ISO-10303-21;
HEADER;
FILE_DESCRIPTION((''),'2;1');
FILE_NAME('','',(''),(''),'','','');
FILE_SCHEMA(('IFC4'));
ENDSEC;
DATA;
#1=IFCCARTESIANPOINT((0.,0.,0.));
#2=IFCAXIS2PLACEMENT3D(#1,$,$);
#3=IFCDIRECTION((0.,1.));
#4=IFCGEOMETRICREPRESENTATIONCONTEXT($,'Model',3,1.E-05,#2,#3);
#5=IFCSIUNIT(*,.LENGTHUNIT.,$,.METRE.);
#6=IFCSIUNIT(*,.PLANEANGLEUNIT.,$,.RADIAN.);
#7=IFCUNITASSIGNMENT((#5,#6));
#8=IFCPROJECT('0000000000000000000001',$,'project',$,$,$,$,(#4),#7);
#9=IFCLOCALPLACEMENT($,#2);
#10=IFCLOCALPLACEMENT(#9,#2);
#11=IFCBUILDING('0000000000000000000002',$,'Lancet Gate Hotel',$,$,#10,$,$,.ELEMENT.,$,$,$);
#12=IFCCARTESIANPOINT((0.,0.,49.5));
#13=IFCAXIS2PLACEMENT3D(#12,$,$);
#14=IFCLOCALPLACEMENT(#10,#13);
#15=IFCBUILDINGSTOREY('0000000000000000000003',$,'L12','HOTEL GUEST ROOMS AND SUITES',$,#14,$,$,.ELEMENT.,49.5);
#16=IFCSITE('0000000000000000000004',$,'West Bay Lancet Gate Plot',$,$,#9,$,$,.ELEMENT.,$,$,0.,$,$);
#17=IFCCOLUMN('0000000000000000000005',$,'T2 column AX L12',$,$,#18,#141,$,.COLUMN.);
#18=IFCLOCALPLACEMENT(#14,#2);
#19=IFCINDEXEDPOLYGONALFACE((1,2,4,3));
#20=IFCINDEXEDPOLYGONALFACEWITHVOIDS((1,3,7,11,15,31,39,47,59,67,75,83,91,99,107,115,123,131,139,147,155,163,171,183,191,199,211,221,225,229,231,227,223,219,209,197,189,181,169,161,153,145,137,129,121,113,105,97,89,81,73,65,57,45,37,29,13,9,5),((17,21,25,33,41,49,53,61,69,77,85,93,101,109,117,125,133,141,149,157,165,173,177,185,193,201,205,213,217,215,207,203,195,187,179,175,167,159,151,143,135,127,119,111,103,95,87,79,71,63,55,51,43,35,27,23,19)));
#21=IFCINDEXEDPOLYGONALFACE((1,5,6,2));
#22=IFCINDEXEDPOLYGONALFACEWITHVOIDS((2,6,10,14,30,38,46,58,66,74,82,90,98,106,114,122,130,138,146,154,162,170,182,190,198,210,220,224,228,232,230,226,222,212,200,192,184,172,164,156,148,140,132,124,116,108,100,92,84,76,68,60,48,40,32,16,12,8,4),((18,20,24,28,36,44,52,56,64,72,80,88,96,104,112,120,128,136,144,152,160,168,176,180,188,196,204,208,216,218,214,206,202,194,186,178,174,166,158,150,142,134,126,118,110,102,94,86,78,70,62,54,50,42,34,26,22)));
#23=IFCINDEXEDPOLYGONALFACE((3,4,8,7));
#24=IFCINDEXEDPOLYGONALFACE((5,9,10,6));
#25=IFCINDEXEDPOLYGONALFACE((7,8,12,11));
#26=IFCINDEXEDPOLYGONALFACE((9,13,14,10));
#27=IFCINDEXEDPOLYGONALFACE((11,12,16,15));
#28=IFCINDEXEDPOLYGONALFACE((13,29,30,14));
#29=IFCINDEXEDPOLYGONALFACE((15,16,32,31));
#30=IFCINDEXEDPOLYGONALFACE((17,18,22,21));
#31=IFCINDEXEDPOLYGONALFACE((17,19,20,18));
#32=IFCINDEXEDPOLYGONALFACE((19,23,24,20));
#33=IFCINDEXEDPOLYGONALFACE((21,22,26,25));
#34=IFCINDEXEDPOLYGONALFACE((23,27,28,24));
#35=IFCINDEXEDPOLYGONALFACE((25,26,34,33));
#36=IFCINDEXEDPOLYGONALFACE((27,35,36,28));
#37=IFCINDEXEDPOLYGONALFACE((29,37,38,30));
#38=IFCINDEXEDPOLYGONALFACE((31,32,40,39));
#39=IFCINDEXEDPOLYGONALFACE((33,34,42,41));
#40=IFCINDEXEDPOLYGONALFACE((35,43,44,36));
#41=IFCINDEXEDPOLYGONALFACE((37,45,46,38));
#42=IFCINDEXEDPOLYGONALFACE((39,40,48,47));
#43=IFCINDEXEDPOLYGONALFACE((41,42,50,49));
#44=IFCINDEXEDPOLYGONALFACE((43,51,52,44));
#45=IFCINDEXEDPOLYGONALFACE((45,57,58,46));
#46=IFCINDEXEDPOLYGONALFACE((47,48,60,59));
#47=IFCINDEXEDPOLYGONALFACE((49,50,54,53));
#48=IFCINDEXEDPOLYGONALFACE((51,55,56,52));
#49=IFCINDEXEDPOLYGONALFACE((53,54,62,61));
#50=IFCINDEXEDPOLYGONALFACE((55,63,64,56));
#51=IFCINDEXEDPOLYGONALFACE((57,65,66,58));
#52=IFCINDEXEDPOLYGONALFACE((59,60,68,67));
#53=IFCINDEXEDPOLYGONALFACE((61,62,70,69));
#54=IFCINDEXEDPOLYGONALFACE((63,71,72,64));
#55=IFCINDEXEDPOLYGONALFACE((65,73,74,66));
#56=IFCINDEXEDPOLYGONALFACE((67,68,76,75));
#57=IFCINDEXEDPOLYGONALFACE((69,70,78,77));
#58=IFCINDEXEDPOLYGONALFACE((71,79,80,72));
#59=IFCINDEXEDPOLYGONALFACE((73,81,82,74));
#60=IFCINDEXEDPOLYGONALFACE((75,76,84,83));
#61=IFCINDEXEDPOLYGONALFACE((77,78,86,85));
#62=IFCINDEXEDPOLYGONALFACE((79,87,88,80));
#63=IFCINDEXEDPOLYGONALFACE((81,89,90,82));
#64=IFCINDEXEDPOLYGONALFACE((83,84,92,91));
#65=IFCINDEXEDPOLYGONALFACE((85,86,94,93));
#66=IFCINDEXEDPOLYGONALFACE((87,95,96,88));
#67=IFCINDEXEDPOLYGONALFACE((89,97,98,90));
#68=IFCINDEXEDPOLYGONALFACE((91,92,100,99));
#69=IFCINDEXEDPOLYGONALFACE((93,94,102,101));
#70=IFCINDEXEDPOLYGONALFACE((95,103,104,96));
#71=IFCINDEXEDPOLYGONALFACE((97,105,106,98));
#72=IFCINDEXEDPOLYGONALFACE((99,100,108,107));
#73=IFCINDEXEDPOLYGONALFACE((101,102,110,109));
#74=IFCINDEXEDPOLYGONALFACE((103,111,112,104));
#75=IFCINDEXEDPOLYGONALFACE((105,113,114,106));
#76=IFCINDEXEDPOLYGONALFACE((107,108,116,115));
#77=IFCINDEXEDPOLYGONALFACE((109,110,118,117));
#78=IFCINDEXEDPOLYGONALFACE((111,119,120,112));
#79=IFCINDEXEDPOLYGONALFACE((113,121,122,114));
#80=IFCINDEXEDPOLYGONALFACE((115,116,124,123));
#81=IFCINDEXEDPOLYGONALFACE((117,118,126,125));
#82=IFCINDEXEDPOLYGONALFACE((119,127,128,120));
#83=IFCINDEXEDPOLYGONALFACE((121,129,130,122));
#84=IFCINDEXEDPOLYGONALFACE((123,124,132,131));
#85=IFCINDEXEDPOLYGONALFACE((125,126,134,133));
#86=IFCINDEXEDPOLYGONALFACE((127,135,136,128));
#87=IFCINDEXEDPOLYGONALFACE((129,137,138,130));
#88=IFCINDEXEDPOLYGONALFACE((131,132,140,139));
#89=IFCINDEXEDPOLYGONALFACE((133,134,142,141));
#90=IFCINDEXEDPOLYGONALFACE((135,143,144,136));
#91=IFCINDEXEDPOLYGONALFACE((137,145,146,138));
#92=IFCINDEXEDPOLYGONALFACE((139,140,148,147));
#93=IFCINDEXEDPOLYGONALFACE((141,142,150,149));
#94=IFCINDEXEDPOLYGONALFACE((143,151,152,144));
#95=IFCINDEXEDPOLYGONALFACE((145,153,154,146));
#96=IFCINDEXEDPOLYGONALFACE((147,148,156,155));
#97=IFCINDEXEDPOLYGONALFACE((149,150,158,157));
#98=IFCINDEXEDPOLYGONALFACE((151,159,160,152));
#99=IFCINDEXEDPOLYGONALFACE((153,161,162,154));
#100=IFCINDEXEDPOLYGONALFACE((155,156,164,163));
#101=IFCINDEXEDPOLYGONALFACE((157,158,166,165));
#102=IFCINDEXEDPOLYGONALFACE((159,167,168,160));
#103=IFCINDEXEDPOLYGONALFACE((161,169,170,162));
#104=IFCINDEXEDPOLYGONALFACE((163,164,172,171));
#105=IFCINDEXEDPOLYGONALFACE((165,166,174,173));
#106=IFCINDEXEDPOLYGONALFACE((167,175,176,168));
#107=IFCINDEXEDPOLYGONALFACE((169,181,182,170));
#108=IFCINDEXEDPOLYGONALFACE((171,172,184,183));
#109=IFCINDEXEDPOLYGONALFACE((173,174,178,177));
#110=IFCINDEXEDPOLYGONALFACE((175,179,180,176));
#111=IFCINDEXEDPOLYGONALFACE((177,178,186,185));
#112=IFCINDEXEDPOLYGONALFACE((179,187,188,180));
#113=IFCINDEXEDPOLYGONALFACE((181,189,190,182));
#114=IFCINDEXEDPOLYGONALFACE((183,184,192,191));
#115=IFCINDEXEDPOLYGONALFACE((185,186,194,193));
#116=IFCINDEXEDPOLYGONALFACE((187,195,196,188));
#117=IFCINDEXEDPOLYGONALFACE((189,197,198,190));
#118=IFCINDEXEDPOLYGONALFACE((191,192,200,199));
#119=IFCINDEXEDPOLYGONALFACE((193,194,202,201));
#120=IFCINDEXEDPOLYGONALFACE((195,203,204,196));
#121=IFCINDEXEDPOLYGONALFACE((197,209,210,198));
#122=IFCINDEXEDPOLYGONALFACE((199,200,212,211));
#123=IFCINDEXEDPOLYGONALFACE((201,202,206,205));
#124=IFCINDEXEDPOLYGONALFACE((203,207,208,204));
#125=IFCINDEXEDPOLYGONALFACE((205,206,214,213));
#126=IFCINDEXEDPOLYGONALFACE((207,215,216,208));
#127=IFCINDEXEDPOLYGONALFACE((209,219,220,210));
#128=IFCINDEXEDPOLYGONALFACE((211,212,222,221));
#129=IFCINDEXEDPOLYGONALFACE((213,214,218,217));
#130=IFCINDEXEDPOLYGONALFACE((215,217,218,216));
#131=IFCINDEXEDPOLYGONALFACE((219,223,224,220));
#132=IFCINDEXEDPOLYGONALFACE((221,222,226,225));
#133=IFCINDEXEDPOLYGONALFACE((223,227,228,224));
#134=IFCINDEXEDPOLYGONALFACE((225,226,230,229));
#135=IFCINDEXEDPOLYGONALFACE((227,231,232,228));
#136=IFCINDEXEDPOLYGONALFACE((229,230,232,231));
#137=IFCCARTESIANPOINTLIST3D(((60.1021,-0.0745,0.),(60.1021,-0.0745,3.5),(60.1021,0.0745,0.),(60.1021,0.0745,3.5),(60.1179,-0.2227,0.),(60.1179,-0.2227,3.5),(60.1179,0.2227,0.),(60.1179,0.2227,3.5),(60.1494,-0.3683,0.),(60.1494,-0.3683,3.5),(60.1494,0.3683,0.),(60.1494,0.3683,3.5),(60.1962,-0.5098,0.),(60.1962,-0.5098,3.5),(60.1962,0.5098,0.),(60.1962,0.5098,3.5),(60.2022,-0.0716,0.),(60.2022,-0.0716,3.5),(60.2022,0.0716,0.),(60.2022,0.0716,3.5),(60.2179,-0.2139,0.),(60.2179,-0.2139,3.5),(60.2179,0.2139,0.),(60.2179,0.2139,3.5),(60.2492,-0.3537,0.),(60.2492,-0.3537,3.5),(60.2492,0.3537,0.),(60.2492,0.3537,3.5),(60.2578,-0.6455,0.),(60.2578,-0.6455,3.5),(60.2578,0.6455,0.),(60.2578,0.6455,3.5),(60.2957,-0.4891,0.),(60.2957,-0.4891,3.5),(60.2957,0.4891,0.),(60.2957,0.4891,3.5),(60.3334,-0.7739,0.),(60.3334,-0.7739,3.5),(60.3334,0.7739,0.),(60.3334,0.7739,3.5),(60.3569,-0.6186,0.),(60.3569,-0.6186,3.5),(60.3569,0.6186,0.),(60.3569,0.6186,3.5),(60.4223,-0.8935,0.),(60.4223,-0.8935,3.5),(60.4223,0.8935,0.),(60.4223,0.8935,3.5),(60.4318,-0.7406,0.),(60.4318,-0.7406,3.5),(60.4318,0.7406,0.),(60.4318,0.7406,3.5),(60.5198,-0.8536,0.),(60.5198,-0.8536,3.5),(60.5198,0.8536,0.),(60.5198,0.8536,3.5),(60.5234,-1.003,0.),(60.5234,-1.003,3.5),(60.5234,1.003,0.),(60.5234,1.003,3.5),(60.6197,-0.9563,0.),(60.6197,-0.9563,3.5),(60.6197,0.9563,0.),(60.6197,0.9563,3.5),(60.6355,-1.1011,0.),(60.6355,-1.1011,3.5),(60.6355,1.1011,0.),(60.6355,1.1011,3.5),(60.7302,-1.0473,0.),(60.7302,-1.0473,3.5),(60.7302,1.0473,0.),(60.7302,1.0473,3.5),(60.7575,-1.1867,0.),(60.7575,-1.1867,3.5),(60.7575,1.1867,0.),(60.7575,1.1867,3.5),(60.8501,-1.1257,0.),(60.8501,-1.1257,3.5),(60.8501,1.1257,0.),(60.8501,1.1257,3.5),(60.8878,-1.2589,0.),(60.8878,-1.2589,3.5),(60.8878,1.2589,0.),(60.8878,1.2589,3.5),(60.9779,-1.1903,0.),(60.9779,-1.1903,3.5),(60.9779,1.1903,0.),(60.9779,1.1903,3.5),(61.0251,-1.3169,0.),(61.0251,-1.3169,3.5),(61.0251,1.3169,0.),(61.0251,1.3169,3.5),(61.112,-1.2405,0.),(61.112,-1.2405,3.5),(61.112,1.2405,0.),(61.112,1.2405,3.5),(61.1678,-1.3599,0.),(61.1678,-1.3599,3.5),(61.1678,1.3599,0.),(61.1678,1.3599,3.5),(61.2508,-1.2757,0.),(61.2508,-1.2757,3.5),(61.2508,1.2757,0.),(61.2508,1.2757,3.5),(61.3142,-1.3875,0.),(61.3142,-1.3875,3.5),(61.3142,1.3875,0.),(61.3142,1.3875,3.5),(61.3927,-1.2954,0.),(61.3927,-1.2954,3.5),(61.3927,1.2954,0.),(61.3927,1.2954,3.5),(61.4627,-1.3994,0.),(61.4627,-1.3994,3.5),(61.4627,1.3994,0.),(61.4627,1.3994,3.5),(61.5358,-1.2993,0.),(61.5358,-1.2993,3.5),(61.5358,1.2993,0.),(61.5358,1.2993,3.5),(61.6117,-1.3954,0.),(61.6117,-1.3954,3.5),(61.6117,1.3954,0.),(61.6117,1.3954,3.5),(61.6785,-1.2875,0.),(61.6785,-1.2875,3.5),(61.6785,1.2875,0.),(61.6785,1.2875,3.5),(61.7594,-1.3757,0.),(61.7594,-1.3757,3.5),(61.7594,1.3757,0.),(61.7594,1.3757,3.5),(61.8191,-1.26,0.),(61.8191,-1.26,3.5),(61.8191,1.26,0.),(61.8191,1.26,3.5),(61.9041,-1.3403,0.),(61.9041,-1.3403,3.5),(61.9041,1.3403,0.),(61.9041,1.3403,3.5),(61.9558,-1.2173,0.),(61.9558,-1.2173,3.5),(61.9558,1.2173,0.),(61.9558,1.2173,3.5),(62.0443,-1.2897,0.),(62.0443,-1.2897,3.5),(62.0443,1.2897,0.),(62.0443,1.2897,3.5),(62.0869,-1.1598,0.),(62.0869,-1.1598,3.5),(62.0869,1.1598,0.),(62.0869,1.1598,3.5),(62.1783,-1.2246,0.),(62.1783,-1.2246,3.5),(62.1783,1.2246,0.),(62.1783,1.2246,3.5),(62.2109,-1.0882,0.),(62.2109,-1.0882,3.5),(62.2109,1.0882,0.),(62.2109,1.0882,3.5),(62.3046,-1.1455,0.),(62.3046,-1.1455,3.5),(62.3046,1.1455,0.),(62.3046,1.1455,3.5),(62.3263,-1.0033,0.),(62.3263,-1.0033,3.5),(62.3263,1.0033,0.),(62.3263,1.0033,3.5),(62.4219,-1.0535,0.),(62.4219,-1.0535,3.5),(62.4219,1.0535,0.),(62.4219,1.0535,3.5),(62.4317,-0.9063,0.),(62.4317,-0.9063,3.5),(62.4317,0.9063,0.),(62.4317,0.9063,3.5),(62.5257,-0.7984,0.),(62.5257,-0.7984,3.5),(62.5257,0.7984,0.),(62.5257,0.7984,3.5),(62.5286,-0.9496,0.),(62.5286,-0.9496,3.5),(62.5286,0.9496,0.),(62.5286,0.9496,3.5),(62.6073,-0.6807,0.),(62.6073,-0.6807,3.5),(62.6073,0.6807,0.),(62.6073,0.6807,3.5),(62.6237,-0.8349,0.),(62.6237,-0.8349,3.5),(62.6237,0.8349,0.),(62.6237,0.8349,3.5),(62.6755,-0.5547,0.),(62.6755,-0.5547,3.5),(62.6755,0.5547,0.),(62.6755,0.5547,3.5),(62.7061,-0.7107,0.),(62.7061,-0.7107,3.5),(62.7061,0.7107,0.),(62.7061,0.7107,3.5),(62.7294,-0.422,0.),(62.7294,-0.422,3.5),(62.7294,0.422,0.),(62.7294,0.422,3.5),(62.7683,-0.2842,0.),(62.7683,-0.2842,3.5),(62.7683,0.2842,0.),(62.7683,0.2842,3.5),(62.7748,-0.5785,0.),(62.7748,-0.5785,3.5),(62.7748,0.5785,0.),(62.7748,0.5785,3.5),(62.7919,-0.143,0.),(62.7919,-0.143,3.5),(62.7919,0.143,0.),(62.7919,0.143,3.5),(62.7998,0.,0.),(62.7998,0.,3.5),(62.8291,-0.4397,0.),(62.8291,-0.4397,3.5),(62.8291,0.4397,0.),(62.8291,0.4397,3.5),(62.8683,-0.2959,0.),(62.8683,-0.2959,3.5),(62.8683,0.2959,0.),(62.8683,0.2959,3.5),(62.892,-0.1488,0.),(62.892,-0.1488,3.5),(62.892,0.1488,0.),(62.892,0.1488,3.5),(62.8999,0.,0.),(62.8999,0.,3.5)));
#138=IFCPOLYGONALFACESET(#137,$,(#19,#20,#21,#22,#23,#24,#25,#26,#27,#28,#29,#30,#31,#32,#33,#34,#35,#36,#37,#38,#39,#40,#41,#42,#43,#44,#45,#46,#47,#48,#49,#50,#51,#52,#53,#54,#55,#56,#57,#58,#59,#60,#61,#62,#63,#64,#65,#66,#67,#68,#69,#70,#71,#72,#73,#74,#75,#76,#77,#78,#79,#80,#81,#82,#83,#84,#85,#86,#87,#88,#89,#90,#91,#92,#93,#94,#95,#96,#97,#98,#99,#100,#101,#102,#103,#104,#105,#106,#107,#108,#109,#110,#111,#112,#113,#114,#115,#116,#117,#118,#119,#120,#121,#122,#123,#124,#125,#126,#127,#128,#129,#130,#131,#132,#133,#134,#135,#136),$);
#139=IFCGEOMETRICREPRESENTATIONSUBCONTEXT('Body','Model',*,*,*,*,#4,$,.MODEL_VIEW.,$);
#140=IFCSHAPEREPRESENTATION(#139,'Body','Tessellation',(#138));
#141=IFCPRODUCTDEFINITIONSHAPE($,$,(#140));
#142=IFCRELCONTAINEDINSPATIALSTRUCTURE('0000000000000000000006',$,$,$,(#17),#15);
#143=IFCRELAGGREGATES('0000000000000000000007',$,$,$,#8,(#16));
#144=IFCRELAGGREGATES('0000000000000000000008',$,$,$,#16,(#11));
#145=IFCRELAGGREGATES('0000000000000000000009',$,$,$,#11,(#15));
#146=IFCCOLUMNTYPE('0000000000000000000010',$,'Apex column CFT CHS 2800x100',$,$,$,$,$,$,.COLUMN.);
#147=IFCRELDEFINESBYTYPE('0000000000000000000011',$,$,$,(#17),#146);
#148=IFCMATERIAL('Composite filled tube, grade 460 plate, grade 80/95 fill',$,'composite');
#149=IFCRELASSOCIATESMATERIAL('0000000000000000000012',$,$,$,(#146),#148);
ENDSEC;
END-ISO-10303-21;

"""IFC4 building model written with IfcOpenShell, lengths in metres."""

from ifc_helpers import new_model, si_unit, direction, frame, origin, origin_2d, place, context, subcontext, project, spatial, hollow_circle, extrude, material, material_profile, profile_set, type_object, element, save


model = new_model("IFC4")

# Units and contexts
model_context = context("Model", 3, precision=1e-05, world=origin(), true_north=direction((0.0, 1.0)))
body_context = subcontext(model_context, "Body", "Model", "MODEL_VIEW")
ifc_project = project(units=[si_unit("LENGTHUNIT", "METRE"), si_unit("PLANEANGLEUNIT", "RADIAN")], contexts=[model_context])

# Site, building, storey
site_placement = place(None, origin())
site = spatial("IfcSite", under=ifc_project, at=site_placement, Name="West Bay Lancet Gate Plot", CompositionType="ELEMENT", RefElevation=0.0)
building_placement = place(site_placement, origin())
building = spatial("IfcBuilding", under=site, at=building_placement, Name="Lancet Gate Hotel", CompositionType="ELEMENT")
storey_placement = place(building_placement, frame((0.0, 0.0, 49.5)))
storey = spatial("IfcBuildingStorey", under=building, at=storey_placement, Name="L12", Description="HOTEL GUEST ROOMS AND SUITES", CompositionType="ELEMENT", Elevation=49.5)

# Column
ifc_material_1 = material(Name="Composite filled tube, grade 460 plate, grade 80/95 fill", Category="composite")
ifc_material_profile_1 = material_profile(ifc_material_1, hollow_circle(Radius=1.3999, WallThickness=0.1001, at=origin_2d()), Name="CHS 2800x100")
ifc_profile_set_1 = profile_set([ifc_material_profile_1], Name="Composite filled tube, grade 460 plate, grade 80/95 fill")
column_type_1 = type_object("IfcColumnType", Name="Apex column CFT CHS 2800x100", PredefinedType="COLUMN", material=ifc_profile_set_1)
column_placement = place(storey_placement, frame((61.5, 0.0, 0.0), z_axis=(0.0, 0.0, 1.0), x_axis=(1.0, 0.0, 0.0)))
element("IfcColumn", 1, at=column_placement, inside=storey, type_object=column_type_1, Name="T2 column AX L12", PredefinedType="COLUMN", context=body_context, shape_type="SweptSolid", body=[
    extrude(hollow_circle(Radius=1.3999, WallThickness=0.1001, at=origin_2d()), origin(), (0.0, 0.0, 1.0), 3.5),
])

save(model, "model.ifc")
